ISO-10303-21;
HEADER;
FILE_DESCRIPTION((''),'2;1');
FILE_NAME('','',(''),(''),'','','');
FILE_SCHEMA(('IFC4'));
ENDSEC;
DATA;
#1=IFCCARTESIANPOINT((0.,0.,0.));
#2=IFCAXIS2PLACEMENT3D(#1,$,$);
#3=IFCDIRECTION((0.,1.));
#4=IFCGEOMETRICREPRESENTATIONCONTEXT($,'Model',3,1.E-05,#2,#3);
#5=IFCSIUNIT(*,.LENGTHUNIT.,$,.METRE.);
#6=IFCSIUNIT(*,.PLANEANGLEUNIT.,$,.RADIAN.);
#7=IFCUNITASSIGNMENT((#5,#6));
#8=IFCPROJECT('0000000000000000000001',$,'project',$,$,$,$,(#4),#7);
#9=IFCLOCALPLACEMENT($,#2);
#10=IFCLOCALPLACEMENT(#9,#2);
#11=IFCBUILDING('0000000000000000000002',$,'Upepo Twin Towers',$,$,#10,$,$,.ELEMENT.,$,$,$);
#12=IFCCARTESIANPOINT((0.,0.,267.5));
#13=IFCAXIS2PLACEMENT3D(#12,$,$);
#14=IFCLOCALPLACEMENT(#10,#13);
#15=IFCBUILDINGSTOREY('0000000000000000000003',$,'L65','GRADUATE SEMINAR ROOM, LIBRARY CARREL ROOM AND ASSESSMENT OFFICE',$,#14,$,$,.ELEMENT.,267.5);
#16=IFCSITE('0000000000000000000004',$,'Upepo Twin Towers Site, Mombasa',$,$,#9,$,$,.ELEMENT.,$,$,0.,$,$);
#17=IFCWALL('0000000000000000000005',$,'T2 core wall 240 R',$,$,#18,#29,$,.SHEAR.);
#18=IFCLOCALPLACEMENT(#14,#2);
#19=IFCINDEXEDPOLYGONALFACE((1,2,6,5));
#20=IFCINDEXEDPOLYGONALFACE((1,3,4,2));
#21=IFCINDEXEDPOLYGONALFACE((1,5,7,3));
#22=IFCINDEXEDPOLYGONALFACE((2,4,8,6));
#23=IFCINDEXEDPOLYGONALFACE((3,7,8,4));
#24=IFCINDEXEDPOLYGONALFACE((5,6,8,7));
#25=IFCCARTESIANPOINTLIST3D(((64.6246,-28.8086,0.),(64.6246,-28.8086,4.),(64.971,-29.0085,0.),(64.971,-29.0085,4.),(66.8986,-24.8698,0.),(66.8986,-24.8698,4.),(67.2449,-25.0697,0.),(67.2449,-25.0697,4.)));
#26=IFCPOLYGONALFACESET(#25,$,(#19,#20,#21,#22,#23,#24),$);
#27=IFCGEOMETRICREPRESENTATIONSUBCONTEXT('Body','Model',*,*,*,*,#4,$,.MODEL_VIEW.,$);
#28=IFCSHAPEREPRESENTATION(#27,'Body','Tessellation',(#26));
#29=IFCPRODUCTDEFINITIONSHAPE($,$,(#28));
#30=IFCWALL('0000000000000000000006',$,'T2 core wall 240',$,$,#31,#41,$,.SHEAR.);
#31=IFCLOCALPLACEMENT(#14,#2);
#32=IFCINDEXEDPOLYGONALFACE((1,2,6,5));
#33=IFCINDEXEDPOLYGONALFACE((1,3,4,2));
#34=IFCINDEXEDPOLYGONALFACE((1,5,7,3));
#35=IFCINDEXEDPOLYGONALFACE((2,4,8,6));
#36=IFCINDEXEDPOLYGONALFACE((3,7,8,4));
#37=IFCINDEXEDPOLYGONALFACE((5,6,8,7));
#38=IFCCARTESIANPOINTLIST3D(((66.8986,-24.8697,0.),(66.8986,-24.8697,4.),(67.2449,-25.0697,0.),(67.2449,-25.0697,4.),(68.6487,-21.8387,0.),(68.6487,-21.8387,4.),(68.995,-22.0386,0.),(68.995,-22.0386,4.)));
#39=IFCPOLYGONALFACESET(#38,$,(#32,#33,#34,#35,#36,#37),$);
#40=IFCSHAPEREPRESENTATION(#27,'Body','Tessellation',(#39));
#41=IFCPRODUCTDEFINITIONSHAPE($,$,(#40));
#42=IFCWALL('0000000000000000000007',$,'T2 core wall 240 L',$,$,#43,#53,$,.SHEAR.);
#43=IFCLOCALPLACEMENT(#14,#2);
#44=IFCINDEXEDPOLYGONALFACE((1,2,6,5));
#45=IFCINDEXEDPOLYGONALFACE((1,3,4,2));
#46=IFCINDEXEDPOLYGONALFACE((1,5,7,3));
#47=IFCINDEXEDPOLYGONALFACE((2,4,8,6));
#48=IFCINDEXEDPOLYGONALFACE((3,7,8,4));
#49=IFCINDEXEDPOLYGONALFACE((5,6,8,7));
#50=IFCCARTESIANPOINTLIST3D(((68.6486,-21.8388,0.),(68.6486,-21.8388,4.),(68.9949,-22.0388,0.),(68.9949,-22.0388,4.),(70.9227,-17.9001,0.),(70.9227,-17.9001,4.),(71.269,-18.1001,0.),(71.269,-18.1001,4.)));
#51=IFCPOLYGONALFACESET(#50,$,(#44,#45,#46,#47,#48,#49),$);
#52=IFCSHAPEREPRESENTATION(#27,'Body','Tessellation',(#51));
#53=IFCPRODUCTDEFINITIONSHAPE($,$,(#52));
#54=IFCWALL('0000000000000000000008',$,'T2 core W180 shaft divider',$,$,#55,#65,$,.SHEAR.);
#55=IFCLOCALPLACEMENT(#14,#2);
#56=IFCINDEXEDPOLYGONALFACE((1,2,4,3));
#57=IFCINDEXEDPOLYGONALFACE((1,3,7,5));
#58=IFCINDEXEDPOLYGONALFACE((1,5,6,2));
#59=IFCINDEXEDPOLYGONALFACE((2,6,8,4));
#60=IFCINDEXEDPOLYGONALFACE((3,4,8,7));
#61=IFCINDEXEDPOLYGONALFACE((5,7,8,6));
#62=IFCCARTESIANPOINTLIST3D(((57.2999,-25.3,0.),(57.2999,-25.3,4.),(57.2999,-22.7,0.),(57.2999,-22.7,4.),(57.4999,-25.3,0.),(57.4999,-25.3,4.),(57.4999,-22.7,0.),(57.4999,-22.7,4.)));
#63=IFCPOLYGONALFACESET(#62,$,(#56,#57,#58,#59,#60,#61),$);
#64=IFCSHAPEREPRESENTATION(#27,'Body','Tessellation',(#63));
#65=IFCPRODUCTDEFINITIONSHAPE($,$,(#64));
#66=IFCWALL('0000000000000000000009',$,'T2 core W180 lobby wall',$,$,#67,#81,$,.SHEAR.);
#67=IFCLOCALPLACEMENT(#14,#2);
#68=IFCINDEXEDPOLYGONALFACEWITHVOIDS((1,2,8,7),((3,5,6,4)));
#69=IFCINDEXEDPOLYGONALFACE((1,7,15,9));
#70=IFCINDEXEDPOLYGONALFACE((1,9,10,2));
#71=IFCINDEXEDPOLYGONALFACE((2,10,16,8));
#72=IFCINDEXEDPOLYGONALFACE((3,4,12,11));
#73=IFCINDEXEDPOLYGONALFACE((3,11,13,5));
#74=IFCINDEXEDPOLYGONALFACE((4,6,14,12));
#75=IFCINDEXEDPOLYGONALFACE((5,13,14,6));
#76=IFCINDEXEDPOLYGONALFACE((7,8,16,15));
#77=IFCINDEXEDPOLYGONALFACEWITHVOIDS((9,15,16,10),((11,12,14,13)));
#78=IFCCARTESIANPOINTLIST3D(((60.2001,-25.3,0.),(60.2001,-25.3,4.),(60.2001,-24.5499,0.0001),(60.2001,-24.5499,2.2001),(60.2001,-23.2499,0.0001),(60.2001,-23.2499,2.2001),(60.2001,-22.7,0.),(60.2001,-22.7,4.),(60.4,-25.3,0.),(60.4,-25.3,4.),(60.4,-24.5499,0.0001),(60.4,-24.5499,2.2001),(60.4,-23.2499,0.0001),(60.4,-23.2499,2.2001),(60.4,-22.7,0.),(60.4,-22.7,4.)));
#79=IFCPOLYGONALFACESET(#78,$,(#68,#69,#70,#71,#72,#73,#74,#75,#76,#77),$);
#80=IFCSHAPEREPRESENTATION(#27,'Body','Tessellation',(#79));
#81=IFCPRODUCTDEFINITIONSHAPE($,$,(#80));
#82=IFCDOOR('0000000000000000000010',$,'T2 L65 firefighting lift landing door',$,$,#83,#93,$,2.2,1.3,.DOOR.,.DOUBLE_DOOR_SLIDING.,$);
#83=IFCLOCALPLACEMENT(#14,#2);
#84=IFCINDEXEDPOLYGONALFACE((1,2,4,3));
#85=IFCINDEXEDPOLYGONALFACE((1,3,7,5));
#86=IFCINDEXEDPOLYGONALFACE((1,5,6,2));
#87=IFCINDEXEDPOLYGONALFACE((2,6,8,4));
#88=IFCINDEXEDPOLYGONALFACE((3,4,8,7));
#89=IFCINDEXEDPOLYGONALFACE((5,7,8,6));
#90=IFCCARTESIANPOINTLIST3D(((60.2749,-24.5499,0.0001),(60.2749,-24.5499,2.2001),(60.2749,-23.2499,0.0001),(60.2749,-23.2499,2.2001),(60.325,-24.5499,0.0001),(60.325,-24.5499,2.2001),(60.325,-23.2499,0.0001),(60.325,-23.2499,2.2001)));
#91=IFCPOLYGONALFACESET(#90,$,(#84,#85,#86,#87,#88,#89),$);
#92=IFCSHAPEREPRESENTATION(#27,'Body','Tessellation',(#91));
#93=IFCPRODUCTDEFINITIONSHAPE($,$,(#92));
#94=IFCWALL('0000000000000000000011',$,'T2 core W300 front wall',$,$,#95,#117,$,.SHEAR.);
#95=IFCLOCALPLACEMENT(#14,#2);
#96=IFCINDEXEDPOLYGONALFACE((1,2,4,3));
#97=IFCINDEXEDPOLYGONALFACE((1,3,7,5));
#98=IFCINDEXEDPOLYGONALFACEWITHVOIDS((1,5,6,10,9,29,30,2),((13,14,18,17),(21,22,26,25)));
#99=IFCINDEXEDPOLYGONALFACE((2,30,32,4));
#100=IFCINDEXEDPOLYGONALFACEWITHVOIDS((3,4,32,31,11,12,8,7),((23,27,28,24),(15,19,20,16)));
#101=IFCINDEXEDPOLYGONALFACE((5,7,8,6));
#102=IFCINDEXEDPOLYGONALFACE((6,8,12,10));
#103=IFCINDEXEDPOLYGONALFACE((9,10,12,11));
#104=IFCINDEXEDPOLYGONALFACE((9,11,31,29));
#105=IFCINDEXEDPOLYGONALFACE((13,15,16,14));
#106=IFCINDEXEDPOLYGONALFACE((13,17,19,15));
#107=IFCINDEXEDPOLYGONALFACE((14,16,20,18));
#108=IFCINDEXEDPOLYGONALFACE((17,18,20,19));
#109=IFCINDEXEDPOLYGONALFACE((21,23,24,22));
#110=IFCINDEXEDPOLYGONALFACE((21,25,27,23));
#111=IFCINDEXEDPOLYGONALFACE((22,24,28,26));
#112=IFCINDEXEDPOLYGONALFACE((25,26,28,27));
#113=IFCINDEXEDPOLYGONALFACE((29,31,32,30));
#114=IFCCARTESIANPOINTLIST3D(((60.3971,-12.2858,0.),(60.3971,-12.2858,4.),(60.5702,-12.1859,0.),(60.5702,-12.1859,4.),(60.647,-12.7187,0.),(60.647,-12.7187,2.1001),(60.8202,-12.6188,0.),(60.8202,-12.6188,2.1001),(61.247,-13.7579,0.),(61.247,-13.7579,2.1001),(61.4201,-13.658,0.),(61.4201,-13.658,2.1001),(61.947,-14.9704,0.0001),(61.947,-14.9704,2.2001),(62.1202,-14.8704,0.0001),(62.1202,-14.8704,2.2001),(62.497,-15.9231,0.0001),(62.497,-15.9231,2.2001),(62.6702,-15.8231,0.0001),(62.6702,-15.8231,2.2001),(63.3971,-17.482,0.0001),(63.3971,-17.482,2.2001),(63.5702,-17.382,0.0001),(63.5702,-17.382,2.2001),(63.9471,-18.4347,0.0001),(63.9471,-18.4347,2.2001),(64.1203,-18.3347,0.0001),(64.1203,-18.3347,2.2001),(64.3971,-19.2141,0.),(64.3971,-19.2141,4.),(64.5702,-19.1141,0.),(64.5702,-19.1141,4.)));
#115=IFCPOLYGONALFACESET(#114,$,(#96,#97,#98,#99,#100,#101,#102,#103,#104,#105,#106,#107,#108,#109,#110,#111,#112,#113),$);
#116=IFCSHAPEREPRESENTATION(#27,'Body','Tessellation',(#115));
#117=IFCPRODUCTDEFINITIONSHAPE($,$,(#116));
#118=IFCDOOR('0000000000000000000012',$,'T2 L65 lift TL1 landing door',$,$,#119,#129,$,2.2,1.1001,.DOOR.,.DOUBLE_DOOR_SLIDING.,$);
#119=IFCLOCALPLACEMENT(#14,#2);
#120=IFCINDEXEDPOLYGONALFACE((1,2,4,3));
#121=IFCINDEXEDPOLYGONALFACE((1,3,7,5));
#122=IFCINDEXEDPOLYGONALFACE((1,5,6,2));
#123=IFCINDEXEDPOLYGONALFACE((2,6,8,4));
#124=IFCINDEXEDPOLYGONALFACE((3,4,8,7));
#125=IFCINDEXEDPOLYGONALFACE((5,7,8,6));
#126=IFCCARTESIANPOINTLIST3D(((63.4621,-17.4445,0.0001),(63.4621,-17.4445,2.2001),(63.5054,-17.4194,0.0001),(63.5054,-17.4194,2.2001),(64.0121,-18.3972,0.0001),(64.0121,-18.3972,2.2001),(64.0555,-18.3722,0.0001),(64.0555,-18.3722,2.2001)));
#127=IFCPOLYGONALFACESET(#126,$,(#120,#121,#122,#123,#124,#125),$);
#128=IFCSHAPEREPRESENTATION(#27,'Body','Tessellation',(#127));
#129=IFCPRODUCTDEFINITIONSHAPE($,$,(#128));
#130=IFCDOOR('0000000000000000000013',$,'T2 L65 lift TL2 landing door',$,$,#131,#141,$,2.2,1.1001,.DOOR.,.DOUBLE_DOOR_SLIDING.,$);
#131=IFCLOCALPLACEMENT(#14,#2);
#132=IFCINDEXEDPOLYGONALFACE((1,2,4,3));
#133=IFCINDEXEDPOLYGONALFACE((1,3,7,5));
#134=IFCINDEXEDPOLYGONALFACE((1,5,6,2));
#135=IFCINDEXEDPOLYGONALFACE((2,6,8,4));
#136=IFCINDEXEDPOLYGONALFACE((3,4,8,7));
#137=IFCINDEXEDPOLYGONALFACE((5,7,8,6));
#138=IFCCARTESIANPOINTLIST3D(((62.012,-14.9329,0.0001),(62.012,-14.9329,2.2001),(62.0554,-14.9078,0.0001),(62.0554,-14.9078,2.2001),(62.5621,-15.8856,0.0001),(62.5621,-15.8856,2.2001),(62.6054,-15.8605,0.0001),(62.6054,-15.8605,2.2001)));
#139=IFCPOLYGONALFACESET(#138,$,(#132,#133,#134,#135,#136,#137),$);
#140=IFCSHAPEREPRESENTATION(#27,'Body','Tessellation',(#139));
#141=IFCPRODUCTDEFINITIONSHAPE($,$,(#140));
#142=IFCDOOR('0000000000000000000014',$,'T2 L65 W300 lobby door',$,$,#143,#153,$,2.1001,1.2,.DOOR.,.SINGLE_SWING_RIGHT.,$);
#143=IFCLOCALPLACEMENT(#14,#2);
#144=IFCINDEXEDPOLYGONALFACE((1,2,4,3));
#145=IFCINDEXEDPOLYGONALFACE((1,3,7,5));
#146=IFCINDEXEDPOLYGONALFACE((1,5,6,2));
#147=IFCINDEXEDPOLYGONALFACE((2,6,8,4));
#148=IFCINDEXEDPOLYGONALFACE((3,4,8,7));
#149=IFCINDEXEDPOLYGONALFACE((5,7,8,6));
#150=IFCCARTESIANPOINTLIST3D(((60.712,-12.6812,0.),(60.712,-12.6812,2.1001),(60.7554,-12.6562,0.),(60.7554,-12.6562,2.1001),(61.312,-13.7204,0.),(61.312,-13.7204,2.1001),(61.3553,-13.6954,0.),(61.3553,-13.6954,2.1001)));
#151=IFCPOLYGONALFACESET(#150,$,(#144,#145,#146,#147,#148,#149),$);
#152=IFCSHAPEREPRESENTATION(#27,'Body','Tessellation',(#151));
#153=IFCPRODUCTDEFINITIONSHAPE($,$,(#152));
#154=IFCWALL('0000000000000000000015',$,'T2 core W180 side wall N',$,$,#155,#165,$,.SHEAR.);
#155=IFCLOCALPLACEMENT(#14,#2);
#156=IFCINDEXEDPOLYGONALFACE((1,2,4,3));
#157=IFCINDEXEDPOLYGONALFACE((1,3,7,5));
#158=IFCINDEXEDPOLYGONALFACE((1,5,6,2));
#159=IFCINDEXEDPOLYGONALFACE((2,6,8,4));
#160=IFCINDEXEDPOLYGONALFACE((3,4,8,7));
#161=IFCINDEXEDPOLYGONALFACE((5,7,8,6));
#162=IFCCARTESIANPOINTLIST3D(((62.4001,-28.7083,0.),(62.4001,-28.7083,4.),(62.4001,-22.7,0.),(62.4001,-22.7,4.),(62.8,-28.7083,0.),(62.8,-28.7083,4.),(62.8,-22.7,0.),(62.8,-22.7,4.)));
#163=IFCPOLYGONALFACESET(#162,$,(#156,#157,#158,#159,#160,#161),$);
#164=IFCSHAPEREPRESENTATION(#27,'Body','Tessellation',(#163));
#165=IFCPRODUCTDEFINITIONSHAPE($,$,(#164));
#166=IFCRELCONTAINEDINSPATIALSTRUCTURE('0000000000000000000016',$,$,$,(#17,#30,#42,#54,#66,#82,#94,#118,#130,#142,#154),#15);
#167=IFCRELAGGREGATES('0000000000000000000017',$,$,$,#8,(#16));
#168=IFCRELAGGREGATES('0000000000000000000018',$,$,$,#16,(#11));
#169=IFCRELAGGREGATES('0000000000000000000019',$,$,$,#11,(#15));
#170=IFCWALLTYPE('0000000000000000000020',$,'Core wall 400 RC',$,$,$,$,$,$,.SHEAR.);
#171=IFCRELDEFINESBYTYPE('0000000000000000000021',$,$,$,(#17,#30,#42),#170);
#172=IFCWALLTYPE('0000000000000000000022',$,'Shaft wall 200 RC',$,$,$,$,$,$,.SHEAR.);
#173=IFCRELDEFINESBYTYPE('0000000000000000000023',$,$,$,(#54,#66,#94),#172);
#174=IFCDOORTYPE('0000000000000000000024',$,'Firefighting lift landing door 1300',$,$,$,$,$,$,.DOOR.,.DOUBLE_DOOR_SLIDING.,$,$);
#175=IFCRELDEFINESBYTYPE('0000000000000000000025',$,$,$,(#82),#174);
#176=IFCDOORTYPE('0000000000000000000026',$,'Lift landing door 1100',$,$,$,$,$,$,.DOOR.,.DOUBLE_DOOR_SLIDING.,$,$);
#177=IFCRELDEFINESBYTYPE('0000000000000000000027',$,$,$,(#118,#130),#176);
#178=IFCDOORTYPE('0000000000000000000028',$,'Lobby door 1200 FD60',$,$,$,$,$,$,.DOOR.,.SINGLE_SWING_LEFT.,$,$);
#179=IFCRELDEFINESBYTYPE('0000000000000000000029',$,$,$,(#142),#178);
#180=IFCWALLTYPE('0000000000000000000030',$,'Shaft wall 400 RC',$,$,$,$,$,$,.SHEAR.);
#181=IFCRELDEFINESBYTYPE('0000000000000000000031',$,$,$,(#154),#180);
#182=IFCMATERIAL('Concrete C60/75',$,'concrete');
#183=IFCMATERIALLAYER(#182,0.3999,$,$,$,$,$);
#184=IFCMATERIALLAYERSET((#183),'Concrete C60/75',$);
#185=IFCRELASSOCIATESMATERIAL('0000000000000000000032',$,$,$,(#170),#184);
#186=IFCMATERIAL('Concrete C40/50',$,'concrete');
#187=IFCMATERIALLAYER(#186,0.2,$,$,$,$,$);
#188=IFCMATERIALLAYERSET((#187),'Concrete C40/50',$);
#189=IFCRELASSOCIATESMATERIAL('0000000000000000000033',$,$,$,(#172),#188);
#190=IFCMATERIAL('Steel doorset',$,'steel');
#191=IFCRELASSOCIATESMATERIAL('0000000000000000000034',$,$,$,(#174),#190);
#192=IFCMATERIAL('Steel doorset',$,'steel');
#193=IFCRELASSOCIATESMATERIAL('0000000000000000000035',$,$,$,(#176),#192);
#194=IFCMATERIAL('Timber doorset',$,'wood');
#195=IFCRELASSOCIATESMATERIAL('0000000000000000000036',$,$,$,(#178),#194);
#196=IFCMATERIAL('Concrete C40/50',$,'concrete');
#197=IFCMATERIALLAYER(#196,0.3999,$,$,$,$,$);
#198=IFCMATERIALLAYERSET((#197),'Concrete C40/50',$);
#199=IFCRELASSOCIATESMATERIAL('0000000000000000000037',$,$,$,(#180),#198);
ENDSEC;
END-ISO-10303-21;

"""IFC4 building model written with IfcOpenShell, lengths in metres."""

from ifc_helpers import new_model, si_unit, direction, frame, frame_2d, origin, place, context, subcontext, project, spatial, rectangle, extrude, material, layer, layer_set, type_object, element, fill, save


model = new_model("IFC4")

# Units and contexts
model_context = context("Model", 3, precision=1e-05, world=origin(), true_north=direction((0.0, 1.0)))
body_context = subcontext(model_context, "Body", "Model", "MODEL_VIEW")
ifc_project = project(units=[si_unit("LENGTHUNIT", "METRE"), si_unit("PLANEANGLEUNIT", "RADIAN")], contexts=[model_context])

# Site, building, storey
site_placement = place(None, origin())
site = spatial("IfcSite", under=ifc_project, at=site_placement, Name="Upepo Twin Towers Site, Mombasa", CompositionType="ELEMENT", RefElevation=0.0)
building_placement = place(site_placement, origin())
building = spatial("IfcBuilding", under=site, at=building_placement, Name="Upepo Twin Towers", CompositionType="ELEMENT")
storey_placement = place(building_placement, frame((0.0, 0.0, 267.5)))
storey = spatial("IfcBuildingStorey", under=building, at=storey_placement, Name="L65", Description="GRADUATE SEMINAR ROOM, LIBRARY CARREL ROOM AND ASSESSMENT OFFICE", CompositionType="ELEMENT", Elevation=267.5)

# Walls
ifc_material_1 = material(Name="Concrete C60/75", Category="concrete")
ifc_layer_1 = layer(ifc_material_1, 0.3999)
ifc_layer_set_1 = layer_set([ifc_layer_1], Name="Concrete C60/75")
wall_type_1 = type_object("IfcWallType", Name="Core wall 400 RC", PredefinedType="SHEAR", material=ifc_layer_set_1)
wall_1_placement = place(storey_placement, frame((64.7979, -28.9084, 0.0), z_axis=(0.0, 0.0, 1.0), x_axis=(0.499984, 0.866035, 0.0)))
element("IfcWall", 1, at=wall_1_placement, inside=storey, type_object=wall_type_1, Name="T2 core wall 240 R", PredefinedType="SHEAR", context=body_context, shape_type="SweptSolid", body=[
    extrude(rectangle(XDim=4.5481, YDim=0.3999, at=frame_2d((2.2739, 0.0))), origin(), (0.0, 0.0, 1.0), 4.0),
])
wall_2_placement = place(storey_placement, frame((67.0718, -24.9697, 0.0), z_axis=(0.0, 0.0, 1.0), x_axis=(0.50001, 0.866019, 0.0)))
element("IfcWall", 2, at=wall_2_placement, inside=storey, type_object=wall_type_1, Name="T2 core wall 240", PredefinedType="SHEAR", context=body_context, shape_type="SweptSolid", body=[
    extrude(rectangle(XDim=3.5, YDim=0.3999, at=frame_2d((1.75, 0.0))), origin(), (0.0, 0.0, 1.0), 4.0),
])
wall_3_placement = place(storey_placement, frame((68.8218, -21.9387, 0.0), z_axis=(0.0, 0.0, 1.0), x_axis=(0.500024, 0.866011, 0.0)))
element("IfcWall", 3, at=wall_3_placement, inside=storey, type_object=wall_type_1, Name="T2 core wall 240 L", PredefinedType="SHEAR", context=body_context, shape_type="SweptSolid", body=[
    extrude(rectangle(XDim=4.5481, YDim=0.3999, at=frame_2d((2.2739, 0.0))), origin(), (0.0, 0.0, 1.0), 4.0),
])
ifc_material_2 = material(Name="Concrete C40/50", Category="concrete")
ifc_layer_2 = layer(ifc_material_2, 0.2)
ifc_layer_set_2 = layer_set([ifc_layer_2], Name="Concrete C40/50")
wall_type_2 = type_object("IfcWallType", Name="Shaft wall 200 RC", PredefinedType="SHEAR", material=ifc_layer_set_2)
wall_4_placement = place(storey_placement, frame((57.3999, -22.7, 0.0), z_axis=(0.0, 0.0, 1.0), x_axis=(0.0, -1.0, 0.0)))
element("IfcWall", 4, at=wall_4_placement, inside=storey, type_object=wall_type_2, Name="T2 core W180 shaft divider", PredefinedType="SHEAR", context=body_context, shape_type="SweptSolid", body=[
    extrude(rectangle(XDim=2.6001, YDim=0.2, at=frame_2d((1.3, 0.0))), origin(), (0.0, 0.0, 1.0), 4.0),
])

# Wall, opening, door
wall_5_placement = place(storey_placement, frame((60.3, -22.7, 0.0), z_axis=(0.0, 0.0, 1.0), x_axis=(0.0, -1.0, 0.0)))
wall_5 = element("IfcWall", 5, at=wall_5_placement, inside=storey, type_object=wall_type_2, Name="T2 core W180 lobby wall", PredefinedType="SHEAR", context=body_context, shape_type="SweptSolid", body=[
    extrude(rectangle(XDim=2.6001, YDim=0.2, at=frame_2d((1.3, 0.0))), origin(), (0.0, 0.0, 1.0), 4.0),
])
opening_1_placement = place(wall_5_placement, frame((0.55, 0.0, 0.0)))
opening_1 = element("IfcOpeningElement", 6, at=opening_1_placement, cuts=wall_5, PredefinedType="OPENING", context=body_context, shape_type="SweptSolid", body=[
    extrude(rectangle(XDim=1.3, YDim=2.2, at=frame_2d((0.6499, 1.1001))), frame((0.0, 0.1099, 0.0), z_axis=(0.0, -1.0, 0.0), x_axis=(1.0, 0.0, 0.0)), (0.0, 0.0, 1.0), 0.22),
])
ifc_material_3 = material(Name="Steel doorset", Category="steel")
door_type_1 = type_object("IfcDoorType", Name="Firefighting lift landing door 1300", OperationType="DOUBLE_DOOR_SLIDING", PredefinedType="DOOR", material=ifc_material_3)
door_1_placement = place(opening_1_placement, origin())
door_1 = element("IfcDoor", 7, at=door_1_placement, inside=storey, type_object=door_type_1, Name="T2 L65 firefighting lift landing door", OperationType="DOUBLE_DOOR_SLIDING", OverallHeight=2.2, OverallWidth=1.3, PredefinedType="DOOR", context=body_context, shape_type="SweptSolid", body=[
    extrude(rectangle(XDim=1.3, YDim=2.2, at=frame_2d((0.6499, 1.1001))), frame((0.0, 0.0249, 0.0), z_axis=(0.0, -1.0, 0.0), x_axis=(1.0, 0.0, 0.0)), (0.0, 0.0, 1.0), 0.05),
])
fill(opening_1, door_1)

# Wall, openings, doors
wall_6_placement = place(storey_placement, frame((64.4836, -19.1641, 0.0), z_axis=(0.0, 0.0, 1.0), x_axis=(-0.499999, 0.866026, 0.0)))
wall_6 = element("IfcWall", 8, at=wall_6_placement, inside=storey, type_object=wall_type_2, Name="T2 core W300 front wall", PredefinedType="SHEAR", context=body_context, shape_type="SweptSolid", body=[
    extrude(rectangle(XDim=8.0, YDim=0.2, at=frame_2d((4.0, 0.0))), origin(), (0.0, 0.0, 1.0), 4.0),
])
opening_2_placement = place(wall_6_placement, frame((6.3, 0.0, 0.0)))
opening_2 = element("IfcOpeningElement", 9, at=opening_2_placement, cuts=wall_6, PredefinedType="OPENING", context=body_context, shape_type="SweptSolid", body=[
    extrude(rectangle(XDim=1.2, YDim=2.1001, at=frame_2d((0.6001, 1.05))), frame((0.0, 0.1099, 0.0), z_axis=(0.0, -1.0, 0.0), x_axis=(1.0, 0.0, 0.0)), (0.0, 0.0, 1.0), 0.22),
])
opening_3_placement = place(wall_6_placement, frame((0.8999, 0.0, 0.0)))
opening_3 = element("IfcOpeningElement", 10, at=opening_3_placement, cuts=wall_6, PredefinedType="OPENING", context=body_context, shape_type="SweptSolid", body=[
    extrude(rectangle(XDim=1.1001, YDim=2.2, at=frame_2d((0.55, 1.1001))), frame((0.0, 0.1099, 0.0), z_axis=(0.0, -1.0, 0.0), x_axis=(1.0, 0.0, 0.0)), (0.0, 0.0, 1.0), 0.22),
])
opening_4_placement = place(wall_6_placement, frame((3.8, 0.0, 0.0)))
opening_4 = element("IfcOpeningElement", 11, at=opening_4_placement, cuts=wall_6, PredefinedType="OPENING", context=body_context, shape_type="SweptSolid", body=[
    extrude(rectangle(XDim=1.1001, YDim=2.2, at=frame_2d((0.55, 1.1001))), frame((0.0, 0.1099, 0.0), z_axis=(0.0, -1.0, 0.0), x_axis=(1.0, 0.0, 0.0)), (0.0, 0.0, 1.0), 0.22),
])
ifc_material_4 = material(Name="Steel doorset", Category="steel")
door_type_2 = type_object("IfcDoorType", Name="Lift landing door 1100", OperationType="DOUBLE_DOOR_SLIDING", PredefinedType="DOOR", material=ifc_material_4)
door_2_placement = place(opening_3_placement, origin())
door_2 = element("IfcDoor", 12, at=door_2_placement, inside=storey, type_object=door_type_2, Name="T2 L65 lift TL1 landing door", OperationType="DOUBLE_DOOR_SLIDING", OverallHeight=2.2, OverallWidth=1.1001, PredefinedType="DOOR", context=body_context, shape_type="SweptSolid", body=[
    extrude(rectangle(XDim=1.1001, YDim=2.2, at=frame_2d((0.55, 1.1001))), frame((0.0, 0.0249, 0.0), z_axis=(0.0, -1.0, 0.0), x_axis=(1.0, 0.0, 0.0)), (0.0, 0.0, 1.0), 0.05),
])
fill(opening_3, door_2)
door_3_placement = place(opening_4_placement, origin())
door_3 = element("IfcDoor", 13, at=door_3_placement, inside=storey, type_object=door_type_2, Name="T2 L65 lift TL2 landing door", OperationType="DOUBLE_DOOR_SLIDING", OverallHeight=2.2, OverallWidth=1.1001, PredefinedType="DOOR", context=body_context, shape_type="SweptSolid", body=[
    extrude(rectangle(XDim=1.1001, YDim=2.2, at=frame_2d((0.55, 1.1001))), frame((0.0, 0.0249, 0.0), z_axis=(0.0, -1.0, 0.0), x_axis=(1.0, 0.0, 0.0)), (0.0, 0.0, 1.0), 0.05),
])
fill(opening_4, door_3)
ifc_material_5 = material(Name="Timber doorset", Category="wood")
door_type_3 = type_object("IfcDoorType", Name="Lobby door 1200 FD60", OperationType="SINGLE_SWING_LEFT", PredefinedType="DOOR", material=ifc_material_5)
door_4_placement = place(opening_2_placement, origin())
door_4 = element("IfcDoor", 14, at=door_4_placement, inside=storey, type_object=door_type_3, Name="T2 L65 W300 lobby door", OperationType="SINGLE_SWING_RIGHT", OverallHeight=2.1001, OverallWidth=1.2, PredefinedType="DOOR", context=body_context, shape_type="SweptSolid", body=[
    extrude(rectangle(XDim=1.2, YDim=2.1001, at=frame_2d((0.6001, 1.05))), frame((0.0, 0.0249, 0.0), z_axis=(0.0, -1.0, 0.0), x_axis=(1.0, 0.0, 0.0)), (0.0, 0.0, 1.0), 0.05),
])
fill(opening_2, door_4)

# Wall
ifc_material_6 = material(Name="Concrete C40/50", Category="concrete")
ifc_layer_3 = layer(ifc_material_6, 0.3999)
ifc_layer_set_3 = layer_set([ifc_layer_3], Name="Concrete C40/50")
wall_type_3 = type_object("IfcWallType", Name="Shaft wall 400 RC", PredefinedType="SHEAR", material=ifc_layer_set_3)
for number, where, z_axis, x_axis, name in (
    (15, (62.6001, -22.7, 0.0), (0.0, 0.0, 1.0), (0.0, -1.0, 0.0), "T2 core W180 side wall N"),
):
    element("IfcWall", number, at=place(storey_placement, frame(where, z_axis=z_axis, x_axis=x_axis)), inside=storey, type_object=wall_type_3, Name=name, PredefinedType="SHEAR", context=body_context, shape_type="SweptSolid", body=[
        extrude(rectangle(XDim=6.0083, YDim=0.3999, at=frame_2d((3.0042, 0.0))), origin(), (0.0, 0.0, 1.0), 4.0),
    ])

save(model, "model.ifc")
